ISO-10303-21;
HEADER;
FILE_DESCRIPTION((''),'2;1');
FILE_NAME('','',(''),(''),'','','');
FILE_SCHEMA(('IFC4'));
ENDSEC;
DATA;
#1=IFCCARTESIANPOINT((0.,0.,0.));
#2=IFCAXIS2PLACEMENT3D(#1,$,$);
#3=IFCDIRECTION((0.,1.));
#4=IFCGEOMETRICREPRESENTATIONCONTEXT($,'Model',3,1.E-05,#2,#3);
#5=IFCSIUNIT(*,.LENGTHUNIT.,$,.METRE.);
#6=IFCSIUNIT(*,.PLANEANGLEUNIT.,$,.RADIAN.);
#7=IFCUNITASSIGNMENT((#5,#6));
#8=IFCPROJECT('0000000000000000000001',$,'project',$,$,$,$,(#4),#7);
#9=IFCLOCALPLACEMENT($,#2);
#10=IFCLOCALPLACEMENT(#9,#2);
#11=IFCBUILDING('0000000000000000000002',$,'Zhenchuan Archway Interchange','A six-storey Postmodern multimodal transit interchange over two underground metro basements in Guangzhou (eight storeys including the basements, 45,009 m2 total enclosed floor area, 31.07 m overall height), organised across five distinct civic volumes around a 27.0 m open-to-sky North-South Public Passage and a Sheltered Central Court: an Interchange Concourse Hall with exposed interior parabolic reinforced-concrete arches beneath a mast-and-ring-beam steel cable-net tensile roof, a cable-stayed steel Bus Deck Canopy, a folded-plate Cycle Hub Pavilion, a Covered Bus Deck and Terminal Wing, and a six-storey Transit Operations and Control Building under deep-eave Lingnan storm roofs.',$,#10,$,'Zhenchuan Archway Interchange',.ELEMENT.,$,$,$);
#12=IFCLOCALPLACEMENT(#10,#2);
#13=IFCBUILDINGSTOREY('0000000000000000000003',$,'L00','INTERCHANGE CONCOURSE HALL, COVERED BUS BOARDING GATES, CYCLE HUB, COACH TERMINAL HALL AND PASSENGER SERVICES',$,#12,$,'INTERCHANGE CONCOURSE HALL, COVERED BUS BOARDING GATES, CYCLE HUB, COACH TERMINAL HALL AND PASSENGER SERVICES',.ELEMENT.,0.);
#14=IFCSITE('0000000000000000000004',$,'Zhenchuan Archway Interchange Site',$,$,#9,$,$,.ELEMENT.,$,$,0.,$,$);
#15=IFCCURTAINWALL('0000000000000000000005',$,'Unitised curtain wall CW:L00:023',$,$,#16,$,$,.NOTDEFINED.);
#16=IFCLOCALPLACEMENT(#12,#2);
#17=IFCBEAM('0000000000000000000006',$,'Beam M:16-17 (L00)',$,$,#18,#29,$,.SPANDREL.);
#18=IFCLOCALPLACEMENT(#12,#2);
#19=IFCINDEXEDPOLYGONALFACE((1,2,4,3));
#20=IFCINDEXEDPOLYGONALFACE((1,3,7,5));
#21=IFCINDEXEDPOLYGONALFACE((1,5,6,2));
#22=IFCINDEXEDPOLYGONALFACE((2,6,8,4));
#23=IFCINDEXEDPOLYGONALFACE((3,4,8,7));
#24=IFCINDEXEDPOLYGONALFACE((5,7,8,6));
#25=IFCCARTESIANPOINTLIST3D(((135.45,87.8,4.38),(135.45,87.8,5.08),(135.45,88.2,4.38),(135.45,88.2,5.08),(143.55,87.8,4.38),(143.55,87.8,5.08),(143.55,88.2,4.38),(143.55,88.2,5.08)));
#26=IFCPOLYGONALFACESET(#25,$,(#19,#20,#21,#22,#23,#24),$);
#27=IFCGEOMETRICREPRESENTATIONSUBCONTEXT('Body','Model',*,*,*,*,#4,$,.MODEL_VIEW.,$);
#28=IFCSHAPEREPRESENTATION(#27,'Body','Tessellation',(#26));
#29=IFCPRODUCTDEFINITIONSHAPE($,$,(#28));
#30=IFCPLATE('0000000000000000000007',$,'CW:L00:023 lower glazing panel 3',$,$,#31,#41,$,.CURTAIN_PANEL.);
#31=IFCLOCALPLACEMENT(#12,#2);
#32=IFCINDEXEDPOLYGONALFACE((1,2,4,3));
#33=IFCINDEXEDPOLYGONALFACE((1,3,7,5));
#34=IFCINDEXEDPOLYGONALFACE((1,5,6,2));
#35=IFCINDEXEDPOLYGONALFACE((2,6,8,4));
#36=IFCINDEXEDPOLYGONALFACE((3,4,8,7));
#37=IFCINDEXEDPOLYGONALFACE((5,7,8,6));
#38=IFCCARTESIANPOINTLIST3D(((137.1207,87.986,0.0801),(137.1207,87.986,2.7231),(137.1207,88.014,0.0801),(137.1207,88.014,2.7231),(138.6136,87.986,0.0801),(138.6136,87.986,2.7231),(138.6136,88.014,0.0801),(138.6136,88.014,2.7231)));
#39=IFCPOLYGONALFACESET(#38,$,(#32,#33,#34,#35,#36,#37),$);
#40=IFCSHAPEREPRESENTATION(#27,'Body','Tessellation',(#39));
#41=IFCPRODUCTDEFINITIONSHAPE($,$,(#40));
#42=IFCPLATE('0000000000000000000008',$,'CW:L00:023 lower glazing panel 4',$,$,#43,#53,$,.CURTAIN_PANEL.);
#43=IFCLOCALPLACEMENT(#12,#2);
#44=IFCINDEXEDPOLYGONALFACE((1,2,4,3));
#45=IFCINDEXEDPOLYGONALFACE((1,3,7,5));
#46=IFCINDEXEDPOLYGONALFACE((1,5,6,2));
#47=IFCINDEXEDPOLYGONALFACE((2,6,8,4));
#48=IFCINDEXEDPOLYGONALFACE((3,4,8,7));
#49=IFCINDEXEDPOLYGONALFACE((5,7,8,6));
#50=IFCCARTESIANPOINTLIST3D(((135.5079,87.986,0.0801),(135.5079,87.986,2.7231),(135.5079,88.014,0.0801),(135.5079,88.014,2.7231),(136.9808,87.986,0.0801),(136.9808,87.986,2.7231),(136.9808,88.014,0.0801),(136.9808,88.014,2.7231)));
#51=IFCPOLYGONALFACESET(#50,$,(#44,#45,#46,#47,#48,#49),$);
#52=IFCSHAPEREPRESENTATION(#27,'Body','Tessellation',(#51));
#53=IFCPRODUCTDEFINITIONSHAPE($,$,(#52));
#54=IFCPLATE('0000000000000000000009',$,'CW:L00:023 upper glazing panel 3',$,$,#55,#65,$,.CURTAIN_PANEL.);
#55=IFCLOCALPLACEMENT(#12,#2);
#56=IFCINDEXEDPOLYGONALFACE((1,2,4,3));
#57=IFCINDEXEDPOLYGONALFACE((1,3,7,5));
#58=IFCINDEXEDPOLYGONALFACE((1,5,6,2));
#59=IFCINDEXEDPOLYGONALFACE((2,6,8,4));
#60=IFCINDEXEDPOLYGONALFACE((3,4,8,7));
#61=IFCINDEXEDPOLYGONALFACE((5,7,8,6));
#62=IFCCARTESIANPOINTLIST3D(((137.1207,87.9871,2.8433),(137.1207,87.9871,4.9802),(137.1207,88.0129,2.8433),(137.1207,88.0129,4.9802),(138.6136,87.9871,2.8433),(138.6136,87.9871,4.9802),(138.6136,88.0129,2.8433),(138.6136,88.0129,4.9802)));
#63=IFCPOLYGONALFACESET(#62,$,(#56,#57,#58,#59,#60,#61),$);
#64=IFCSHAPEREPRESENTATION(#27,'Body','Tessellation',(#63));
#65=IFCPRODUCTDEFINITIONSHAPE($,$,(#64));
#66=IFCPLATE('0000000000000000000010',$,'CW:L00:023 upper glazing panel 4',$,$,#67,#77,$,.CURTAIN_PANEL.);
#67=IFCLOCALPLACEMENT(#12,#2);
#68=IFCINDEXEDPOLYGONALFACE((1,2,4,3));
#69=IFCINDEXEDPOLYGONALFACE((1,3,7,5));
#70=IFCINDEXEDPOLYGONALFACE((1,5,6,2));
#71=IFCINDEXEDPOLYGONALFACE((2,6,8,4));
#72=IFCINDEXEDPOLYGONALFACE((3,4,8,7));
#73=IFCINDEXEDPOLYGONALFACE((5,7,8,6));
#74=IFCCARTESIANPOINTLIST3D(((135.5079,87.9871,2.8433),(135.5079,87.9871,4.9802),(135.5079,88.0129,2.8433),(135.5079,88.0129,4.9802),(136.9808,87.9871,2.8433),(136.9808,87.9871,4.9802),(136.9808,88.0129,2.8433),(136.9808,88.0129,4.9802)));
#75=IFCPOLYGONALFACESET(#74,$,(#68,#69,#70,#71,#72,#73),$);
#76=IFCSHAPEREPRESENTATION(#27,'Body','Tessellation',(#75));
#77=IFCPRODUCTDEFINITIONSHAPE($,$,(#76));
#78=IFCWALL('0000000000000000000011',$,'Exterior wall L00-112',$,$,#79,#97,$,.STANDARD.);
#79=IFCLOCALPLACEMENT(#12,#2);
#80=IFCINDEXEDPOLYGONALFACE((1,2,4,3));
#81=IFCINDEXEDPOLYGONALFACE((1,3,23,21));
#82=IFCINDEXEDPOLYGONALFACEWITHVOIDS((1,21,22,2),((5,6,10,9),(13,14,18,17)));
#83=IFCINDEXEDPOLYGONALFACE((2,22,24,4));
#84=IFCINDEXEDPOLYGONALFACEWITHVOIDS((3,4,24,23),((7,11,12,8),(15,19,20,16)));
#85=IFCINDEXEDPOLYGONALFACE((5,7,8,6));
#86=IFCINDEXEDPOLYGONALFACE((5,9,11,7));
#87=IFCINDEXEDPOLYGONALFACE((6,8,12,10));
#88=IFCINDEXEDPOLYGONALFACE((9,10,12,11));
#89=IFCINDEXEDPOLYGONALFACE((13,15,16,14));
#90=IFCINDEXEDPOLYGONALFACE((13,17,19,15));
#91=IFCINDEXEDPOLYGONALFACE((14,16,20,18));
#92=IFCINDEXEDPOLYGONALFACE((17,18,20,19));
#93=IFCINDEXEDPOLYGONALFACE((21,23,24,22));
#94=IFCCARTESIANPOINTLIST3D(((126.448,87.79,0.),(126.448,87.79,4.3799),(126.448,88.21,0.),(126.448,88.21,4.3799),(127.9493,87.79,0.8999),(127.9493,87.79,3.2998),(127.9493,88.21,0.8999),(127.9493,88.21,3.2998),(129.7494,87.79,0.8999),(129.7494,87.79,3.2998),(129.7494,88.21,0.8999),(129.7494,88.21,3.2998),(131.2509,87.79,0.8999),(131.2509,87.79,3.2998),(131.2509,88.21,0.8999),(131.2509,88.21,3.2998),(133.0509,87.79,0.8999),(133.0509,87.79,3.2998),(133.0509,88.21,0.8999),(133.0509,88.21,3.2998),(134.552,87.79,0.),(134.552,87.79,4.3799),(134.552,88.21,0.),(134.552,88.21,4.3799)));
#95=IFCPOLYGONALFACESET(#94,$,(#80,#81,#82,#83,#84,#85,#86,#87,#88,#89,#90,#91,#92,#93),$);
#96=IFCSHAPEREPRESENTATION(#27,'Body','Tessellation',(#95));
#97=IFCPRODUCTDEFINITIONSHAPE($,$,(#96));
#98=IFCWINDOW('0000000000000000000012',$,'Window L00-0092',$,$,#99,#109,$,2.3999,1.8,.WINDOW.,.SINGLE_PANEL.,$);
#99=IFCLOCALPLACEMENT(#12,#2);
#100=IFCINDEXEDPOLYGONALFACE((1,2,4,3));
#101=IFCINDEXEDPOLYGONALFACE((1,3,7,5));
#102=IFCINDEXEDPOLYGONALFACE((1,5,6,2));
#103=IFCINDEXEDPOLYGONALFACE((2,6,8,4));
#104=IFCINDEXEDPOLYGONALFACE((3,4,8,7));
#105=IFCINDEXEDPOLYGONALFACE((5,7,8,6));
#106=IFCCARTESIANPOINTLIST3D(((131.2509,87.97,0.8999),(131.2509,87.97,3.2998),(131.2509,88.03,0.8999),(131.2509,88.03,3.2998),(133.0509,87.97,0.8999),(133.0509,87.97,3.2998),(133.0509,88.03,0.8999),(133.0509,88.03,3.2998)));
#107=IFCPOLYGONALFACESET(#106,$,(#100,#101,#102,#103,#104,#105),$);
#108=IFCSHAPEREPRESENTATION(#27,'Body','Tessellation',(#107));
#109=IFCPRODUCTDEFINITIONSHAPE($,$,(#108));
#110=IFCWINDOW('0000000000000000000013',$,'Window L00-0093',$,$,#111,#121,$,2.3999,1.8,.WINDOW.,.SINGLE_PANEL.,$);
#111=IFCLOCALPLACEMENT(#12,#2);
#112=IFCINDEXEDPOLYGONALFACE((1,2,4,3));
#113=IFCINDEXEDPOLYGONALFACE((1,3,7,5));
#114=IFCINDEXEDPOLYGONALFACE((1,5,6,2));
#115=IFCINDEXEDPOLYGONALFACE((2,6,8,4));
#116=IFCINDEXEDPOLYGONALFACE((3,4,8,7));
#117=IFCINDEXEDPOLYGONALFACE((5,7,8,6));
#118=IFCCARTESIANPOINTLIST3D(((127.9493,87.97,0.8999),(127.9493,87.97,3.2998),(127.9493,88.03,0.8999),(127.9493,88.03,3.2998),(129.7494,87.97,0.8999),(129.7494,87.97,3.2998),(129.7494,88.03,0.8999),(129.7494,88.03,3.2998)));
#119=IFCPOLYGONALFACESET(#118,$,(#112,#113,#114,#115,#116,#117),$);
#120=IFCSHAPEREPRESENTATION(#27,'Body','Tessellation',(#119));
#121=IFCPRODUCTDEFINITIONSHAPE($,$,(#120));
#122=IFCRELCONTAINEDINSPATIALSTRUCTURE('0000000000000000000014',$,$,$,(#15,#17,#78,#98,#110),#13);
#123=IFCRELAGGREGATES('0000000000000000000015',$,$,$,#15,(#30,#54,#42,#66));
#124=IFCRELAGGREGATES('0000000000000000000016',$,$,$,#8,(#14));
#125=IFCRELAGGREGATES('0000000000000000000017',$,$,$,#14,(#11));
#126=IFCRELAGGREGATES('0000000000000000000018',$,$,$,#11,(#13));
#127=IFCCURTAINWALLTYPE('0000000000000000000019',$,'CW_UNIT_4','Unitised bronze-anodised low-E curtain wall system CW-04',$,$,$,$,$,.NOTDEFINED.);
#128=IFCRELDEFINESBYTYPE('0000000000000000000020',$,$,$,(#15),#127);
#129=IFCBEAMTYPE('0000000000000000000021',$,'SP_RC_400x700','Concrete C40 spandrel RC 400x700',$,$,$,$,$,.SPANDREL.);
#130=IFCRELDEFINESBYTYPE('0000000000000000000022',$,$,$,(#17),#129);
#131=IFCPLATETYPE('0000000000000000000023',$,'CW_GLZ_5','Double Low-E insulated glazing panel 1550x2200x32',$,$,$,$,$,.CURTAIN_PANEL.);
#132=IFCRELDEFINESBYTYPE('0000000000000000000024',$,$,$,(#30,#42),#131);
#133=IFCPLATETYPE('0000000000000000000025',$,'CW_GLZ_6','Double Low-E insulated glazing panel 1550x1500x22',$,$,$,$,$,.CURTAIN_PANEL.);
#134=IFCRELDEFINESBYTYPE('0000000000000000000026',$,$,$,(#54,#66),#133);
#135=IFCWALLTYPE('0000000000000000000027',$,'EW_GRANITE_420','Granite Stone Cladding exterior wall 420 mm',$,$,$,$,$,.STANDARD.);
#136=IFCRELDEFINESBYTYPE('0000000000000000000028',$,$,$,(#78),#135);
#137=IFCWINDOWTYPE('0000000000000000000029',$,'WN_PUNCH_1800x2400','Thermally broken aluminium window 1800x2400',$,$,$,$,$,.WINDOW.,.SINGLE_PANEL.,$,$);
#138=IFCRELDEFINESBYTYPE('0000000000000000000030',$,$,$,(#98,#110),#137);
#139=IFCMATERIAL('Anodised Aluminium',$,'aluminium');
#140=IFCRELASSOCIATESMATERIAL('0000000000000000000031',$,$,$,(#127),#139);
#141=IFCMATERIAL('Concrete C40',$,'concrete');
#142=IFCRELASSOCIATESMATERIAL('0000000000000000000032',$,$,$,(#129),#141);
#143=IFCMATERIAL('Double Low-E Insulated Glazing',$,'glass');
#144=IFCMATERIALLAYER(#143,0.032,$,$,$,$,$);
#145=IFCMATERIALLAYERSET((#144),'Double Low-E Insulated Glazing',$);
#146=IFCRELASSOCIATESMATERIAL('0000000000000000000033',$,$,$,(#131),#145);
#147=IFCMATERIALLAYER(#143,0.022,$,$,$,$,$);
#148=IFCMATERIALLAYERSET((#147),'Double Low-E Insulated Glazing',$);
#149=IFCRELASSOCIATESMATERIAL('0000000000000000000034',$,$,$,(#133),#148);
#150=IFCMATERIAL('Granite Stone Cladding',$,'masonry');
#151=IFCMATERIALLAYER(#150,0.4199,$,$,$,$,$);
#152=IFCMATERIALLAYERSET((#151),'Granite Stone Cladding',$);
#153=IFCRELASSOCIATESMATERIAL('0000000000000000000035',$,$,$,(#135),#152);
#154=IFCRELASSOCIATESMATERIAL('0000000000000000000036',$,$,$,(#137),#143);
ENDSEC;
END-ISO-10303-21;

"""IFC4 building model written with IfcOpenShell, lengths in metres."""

from ifc_helpers import new_model, si_unit, direction, frame, frame_2d, origin, origin_2d, place, context, subcontext, project, spatial, rectangle, extrude, material, layer, layer_set, material_profile, profile_set, type_object, element, fill, aggregate, save


model = new_model("IFC4")

# Units and contexts
model_context = context("Model", 3, precision=1e-05, world=origin(), true_north=direction((0.0, 1.0)))
body_context = subcontext(model_context, "Body", "Model", "MODEL_VIEW")
ifc_project = project(units=[si_unit("LENGTHUNIT", "METRE"), si_unit("PLANEANGLEUNIT", "RADIAN")], contexts=[model_context])

# Site, building, storey
site_placement = place(None, origin())
site = spatial("IfcSite", under=ifc_project, at=site_placement, Name="Zhenchuan Archway Interchange Site", CompositionType="ELEMENT", RefElevation=0.0)
building_placement = place(site_placement, origin())
building = spatial("IfcBuilding", under=site, at=building_placement, Name="Zhenchuan Archway Interchange", Description="A six-storey Postmodern multimodal transit interchange over two underground metro basements in Guangzhou (eight storeys including the basements, 45,009 m2 total enclosed floor area, 31.07 m overall height), organised across five distinct civic volumes around a 27.0 m open-to-sky North-South Public Passage and a Sheltered Central Court: an Interchange Concourse Hall with exposed interior parabolic reinforced-concrete arches beneath a mast-and-ring-beam steel cable-net tensile roof, a cable-stayed steel Bus Deck Canopy, a folded-plate Cycle Hub Pavilion, a Covered Bus Deck and Terminal Wing, and a six-storey Transit Operations and Control Building under deep-eave Lingnan storm roofs.", LongName="Zhenchuan Archway Interchange", CompositionType="ELEMENT")
storey_placement = place(building_placement, origin())
storey = spatial("IfcBuildingStorey", under=building, at=storey_placement, Name="L00", Description="INTERCHANGE CONCOURSE HALL, COVERED BUS BOARDING GATES, CYCLE HUB, COACH TERMINAL HALL AND PASSENGER SERVICES", LongName="INTERCHANGE CONCOURSE HALL, COVERED BUS BOARDING GATES, CYCLE HUB, COACH TERMINAL HALL AND PASSENGER SERVICES", CompositionType="ELEMENT", Elevation=0.0)

# Shared definitions
ifc_material_1 = material(Name="Concrete C40", Category="concrete")

# Curtain wall
ifc_material_2 = material(Name="Anodised Aluminium", Category="aluminium")
curtain_wall_type = type_object("IfcCurtainWallType", Name="CW_UNIT_4", Description="Unitised bronze-anodised low-E curtain wall system CW-04", PredefinedType="NOTDEFINED", material=ifc_material_2)
curtain_wall_placement = place(storey_placement, origin())
curtain_wall = element("IfcCurtainWall", 1, at=curtain_wall_placement, inside=storey, type_object=curtain_wall_type, Name="Unitised curtain wall CW:L00:023", PredefinedType="NOTDEFINED")

# Beam
ifc_material_profile_1 = material_profile(ifc_material_1, rectangle(XDim=0.3999, YDim=0.7, at=origin_2d()), Name="RC 400x700")
ifc_profile_set_1 = profile_set([ifc_material_profile_1], Name="Concrete C40")
beam_type_1 = type_object("IfcBeamType", Name="SP_RC_400x700", Description="Concrete C40 spandrel RC 400x700", PredefinedType="SPANDREL", material=ifc_profile_set_1)
beam_1_placement = place(storey_placement, frame((135.45, 88.0, 4.73), z_axis=(1.0, 0.0, 0.0), x_axis=(0.0, 1.0, 0.0)))
element("IfcBeam", 2, at=beam_1_placement, inside=storey, type_object=beam_type_1, Name="Beam M:16-17 (L00)", PredefinedType="SPANDREL", context=body_context, shape_type="SweptSolid", body=[
    extrude(rectangle(XDim=0.3999, YDim=0.7, at=origin_2d()), origin(), (0.0, 0.0, 1.0), 8.1001),
])

# Plates
ifc_material_3 = material(Name="Double Low-E Insulated Glazing", Category="glass")
ifc_layer_1 = layer(ifc_material_3, 0.032)
ifc_layer_set_1 = layer_set([ifc_layer_1], Name="Double Low-E Insulated Glazing")
plate_type_1 = type_object("IfcPlateType", Name="CW_GLZ_5", Description="Double Low-E insulated glazing panel 1550x2200x32", PredefinedType="CURTAIN_PANEL", material=ifc_layer_set_1)
plate_1_placement = place(storey_placement, frame((137.8672, 88.0, 0.0801), z_axis=(0.0, 0.0, 1.0), x_axis=(-1.0, 0.0, 0.0)))
plate_1 = element("IfcPlate", 3, at=plate_1_placement, type_object=plate_type_1, Name="CW:L00:023 lower glazing panel 3", PredefinedType="CURTAIN_PANEL", context=body_context, shape_type="SweptSolid", body=[
    extrude(rectangle(XDim=1.4929, YDim=0.0281, at=origin_2d()), origin(), (0.0, 0.0, 1.0), 2.6431),
])
plate_2_placement = place(storey_placement, frame((136.2444, 88.0, 0.0801), z_axis=(0.0, 0.0, 1.0), x_axis=(-1.0, 0.0, 0.0)))
plate_2 = element("IfcPlate", 4, at=plate_2_placement, type_object=plate_type_1, Name="CW:L00:023 lower glazing panel 4", PredefinedType="CURTAIN_PANEL", context=body_context, shape_type="SweptSolid", body=[
    extrude(rectangle(XDim=1.4729, YDim=0.0281, at=origin_2d()), origin(), (0.0, 0.0, 1.0), 2.6431),
])
ifc_layer_2 = layer(ifc_material_3, 0.022)
ifc_layer_set_2 = layer_set([ifc_layer_2], Name="Double Low-E Insulated Glazing")
plate_type_2 = type_object("IfcPlateType", Name="CW_GLZ_6", Description="Double Low-E insulated glazing panel 1550x1500x22", PredefinedType="CURTAIN_PANEL", material=ifc_layer_set_2)
plate_3_placement = place(storey_placement, frame((137.8672, 88.0, 2.8433), z_axis=(0.0, 0.0, 1.0), x_axis=(-1.0, 0.0, 0.0)))
plate_3 = element("IfcPlate", 5, at=plate_3_placement, type_object=plate_type_2, Name="CW:L00:023 upper glazing panel 3", PredefinedType="CURTAIN_PANEL", context=body_context, shape_type="SweptSolid", body=[
    extrude(rectangle(XDim=1.4929, YDim=0.0259, at=origin_2d()), origin(), (0.0, 0.0, 1.0), 2.137),
])
plate_4_placement = place(storey_placement, frame((136.2444, 88.0, 2.8433), z_axis=(0.0, 0.0, 1.0), x_axis=(-1.0, 0.0, 0.0)))
plate_4 = element("IfcPlate", 6, at=plate_4_placement, type_object=plate_type_2, Name="CW:L00:023 upper glazing panel 4", PredefinedType="CURTAIN_PANEL", context=body_context, shape_type="SweptSolid", body=[
    extrude(rectangle(XDim=1.4729, YDim=0.0259, at=origin_2d()), origin(), (0.0, 0.0, 1.0), 2.137),
])
aggregate(curtain_wall, [plate_1, plate_3, plate_2, plate_4])

# Wall, openings, windows
ifc_material_4 = material(Name="Granite Stone Cladding", Category="masonry")
ifc_layer_3 = layer(ifc_material_4, 0.4199)
ifc_layer_set_3 = layer_set([ifc_layer_3], Name="Granite Stone Cladding")
wall_type = type_object("IfcWallType", Name="EW_GRANITE_420", Description="Granite Stone Cladding exterior wall 420 mm", PredefinedType="STANDARD", material=ifc_layer_set_3)
wall_placement = place(storey_placement, frame((134.552, 88.0, 0.0), z_axis=(0.0, 0.0, 1.0), x_axis=(-1.0, 0.0, 0.0)))
wall = element("IfcWall", 7, at=wall_placement, inside=storey, type_object=wall_type, Name="Exterior wall L00-112", PredefinedType="STANDARD", context=body_context, shape_type="SweptSolid", body=[
    extrude(rectangle(XDim=8.104, YDim=0.4199, at=frame_2d((4.052, 0.0))), origin(), (0.0, 0.0, 1.0), 4.3799),
])
opening_1_placement = place(wall_placement, frame((1.5012, 0.0, 0.8999)))
opening_1 = element("IfcOpeningElement", 8, at=opening_1_placement, cuts=wall, PredefinedType="OPENING", context=body_context, shape_type="SweptSolid", body=[
    extrude(rectangle(XDim=1.8, YDim=2.3999, at=frame_2d((0.8999, 1.2))), frame((0.0, 0.2219, 0.0), z_axis=(0.0, -1.0, 0.0), x_axis=(1.0, 0.0, 0.0)), (0.0, 0.0, 1.0), 0.4438),
])
opening_2_placement = place(wall_placement, frame((4.8027, 0.0, 0.8999)))
opening_2 = element("IfcOpeningElement", 9, at=opening_2_placement, cuts=wall, PredefinedType="OPENING", context=body_context, shape_type="SweptSolid", body=[
    extrude(rectangle(XDim=1.8, YDim=2.3999, at=frame_2d((0.8999, 1.2))), frame((0.0, 0.2219, 0.0), z_axis=(0.0, -1.0, 0.0), x_axis=(1.0, 0.0, 0.0)), (0.0, 0.0, 1.0), 0.4438),
])
window_type = type_object("IfcWindowType", Name="WN_PUNCH_1800x2400", Description="Thermally broken aluminium window 1800x2400", PartitioningType="SINGLE_PANEL", PredefinedType="WINDOW", material=ifc_material_3)
window_1_placement = place(opening_1_placement, origin())
window_1 = element("IfcWindow", 10, at=window_1_placement, inside=storey, type_object=window_type, Name="Window L00-0092", OverallHeight=2.3999, OverallWidth=1.8, PartitioningType="SINGLE_PANEL", PredefinedType="WINDOW", context=body_context, shape_type="SweptSolid", body=[
    extrude(rectangle(XDim=1.8, YDim=2.3999, at=frame_2d((0.8999, 1.2))), frame((0.0, 0.03, 0.0), z_axis=(0.0, -1.0, 0.0), x_axis=(1.0, 0.0, 0.0)), (0.0, 0.0, 1.0), 0.0601),
])
fill(opening_1, window_1)
window_2_placement = place(opening_2_placement, origin())
window_2 = element("IfcWindow", 11, at=window_2_placement, inside=storey, type_object=window_type, Name="Window L00-0093", OverallHeight=2.3999, OverallWidth=1.8, PartitioningType="SINGLE_PANEL", PredefinedType="WINDOW", context=body_context, shape_type="SweptSolid", body=[
    extrude(rectangle(XDim=1.8, YDim=2.3999, at=frame_2d((0.8999, 1.2))), frame((0.0, 0.03, 0.0), z_axis=(0.0, -1.0, 0.0), x_axis=(1.0, 0.0, 0.0)), (0.0, 0.0, 1.0), 0.0601),
])
fill(opening_2, window_2)

save(model, "model.ifc")
